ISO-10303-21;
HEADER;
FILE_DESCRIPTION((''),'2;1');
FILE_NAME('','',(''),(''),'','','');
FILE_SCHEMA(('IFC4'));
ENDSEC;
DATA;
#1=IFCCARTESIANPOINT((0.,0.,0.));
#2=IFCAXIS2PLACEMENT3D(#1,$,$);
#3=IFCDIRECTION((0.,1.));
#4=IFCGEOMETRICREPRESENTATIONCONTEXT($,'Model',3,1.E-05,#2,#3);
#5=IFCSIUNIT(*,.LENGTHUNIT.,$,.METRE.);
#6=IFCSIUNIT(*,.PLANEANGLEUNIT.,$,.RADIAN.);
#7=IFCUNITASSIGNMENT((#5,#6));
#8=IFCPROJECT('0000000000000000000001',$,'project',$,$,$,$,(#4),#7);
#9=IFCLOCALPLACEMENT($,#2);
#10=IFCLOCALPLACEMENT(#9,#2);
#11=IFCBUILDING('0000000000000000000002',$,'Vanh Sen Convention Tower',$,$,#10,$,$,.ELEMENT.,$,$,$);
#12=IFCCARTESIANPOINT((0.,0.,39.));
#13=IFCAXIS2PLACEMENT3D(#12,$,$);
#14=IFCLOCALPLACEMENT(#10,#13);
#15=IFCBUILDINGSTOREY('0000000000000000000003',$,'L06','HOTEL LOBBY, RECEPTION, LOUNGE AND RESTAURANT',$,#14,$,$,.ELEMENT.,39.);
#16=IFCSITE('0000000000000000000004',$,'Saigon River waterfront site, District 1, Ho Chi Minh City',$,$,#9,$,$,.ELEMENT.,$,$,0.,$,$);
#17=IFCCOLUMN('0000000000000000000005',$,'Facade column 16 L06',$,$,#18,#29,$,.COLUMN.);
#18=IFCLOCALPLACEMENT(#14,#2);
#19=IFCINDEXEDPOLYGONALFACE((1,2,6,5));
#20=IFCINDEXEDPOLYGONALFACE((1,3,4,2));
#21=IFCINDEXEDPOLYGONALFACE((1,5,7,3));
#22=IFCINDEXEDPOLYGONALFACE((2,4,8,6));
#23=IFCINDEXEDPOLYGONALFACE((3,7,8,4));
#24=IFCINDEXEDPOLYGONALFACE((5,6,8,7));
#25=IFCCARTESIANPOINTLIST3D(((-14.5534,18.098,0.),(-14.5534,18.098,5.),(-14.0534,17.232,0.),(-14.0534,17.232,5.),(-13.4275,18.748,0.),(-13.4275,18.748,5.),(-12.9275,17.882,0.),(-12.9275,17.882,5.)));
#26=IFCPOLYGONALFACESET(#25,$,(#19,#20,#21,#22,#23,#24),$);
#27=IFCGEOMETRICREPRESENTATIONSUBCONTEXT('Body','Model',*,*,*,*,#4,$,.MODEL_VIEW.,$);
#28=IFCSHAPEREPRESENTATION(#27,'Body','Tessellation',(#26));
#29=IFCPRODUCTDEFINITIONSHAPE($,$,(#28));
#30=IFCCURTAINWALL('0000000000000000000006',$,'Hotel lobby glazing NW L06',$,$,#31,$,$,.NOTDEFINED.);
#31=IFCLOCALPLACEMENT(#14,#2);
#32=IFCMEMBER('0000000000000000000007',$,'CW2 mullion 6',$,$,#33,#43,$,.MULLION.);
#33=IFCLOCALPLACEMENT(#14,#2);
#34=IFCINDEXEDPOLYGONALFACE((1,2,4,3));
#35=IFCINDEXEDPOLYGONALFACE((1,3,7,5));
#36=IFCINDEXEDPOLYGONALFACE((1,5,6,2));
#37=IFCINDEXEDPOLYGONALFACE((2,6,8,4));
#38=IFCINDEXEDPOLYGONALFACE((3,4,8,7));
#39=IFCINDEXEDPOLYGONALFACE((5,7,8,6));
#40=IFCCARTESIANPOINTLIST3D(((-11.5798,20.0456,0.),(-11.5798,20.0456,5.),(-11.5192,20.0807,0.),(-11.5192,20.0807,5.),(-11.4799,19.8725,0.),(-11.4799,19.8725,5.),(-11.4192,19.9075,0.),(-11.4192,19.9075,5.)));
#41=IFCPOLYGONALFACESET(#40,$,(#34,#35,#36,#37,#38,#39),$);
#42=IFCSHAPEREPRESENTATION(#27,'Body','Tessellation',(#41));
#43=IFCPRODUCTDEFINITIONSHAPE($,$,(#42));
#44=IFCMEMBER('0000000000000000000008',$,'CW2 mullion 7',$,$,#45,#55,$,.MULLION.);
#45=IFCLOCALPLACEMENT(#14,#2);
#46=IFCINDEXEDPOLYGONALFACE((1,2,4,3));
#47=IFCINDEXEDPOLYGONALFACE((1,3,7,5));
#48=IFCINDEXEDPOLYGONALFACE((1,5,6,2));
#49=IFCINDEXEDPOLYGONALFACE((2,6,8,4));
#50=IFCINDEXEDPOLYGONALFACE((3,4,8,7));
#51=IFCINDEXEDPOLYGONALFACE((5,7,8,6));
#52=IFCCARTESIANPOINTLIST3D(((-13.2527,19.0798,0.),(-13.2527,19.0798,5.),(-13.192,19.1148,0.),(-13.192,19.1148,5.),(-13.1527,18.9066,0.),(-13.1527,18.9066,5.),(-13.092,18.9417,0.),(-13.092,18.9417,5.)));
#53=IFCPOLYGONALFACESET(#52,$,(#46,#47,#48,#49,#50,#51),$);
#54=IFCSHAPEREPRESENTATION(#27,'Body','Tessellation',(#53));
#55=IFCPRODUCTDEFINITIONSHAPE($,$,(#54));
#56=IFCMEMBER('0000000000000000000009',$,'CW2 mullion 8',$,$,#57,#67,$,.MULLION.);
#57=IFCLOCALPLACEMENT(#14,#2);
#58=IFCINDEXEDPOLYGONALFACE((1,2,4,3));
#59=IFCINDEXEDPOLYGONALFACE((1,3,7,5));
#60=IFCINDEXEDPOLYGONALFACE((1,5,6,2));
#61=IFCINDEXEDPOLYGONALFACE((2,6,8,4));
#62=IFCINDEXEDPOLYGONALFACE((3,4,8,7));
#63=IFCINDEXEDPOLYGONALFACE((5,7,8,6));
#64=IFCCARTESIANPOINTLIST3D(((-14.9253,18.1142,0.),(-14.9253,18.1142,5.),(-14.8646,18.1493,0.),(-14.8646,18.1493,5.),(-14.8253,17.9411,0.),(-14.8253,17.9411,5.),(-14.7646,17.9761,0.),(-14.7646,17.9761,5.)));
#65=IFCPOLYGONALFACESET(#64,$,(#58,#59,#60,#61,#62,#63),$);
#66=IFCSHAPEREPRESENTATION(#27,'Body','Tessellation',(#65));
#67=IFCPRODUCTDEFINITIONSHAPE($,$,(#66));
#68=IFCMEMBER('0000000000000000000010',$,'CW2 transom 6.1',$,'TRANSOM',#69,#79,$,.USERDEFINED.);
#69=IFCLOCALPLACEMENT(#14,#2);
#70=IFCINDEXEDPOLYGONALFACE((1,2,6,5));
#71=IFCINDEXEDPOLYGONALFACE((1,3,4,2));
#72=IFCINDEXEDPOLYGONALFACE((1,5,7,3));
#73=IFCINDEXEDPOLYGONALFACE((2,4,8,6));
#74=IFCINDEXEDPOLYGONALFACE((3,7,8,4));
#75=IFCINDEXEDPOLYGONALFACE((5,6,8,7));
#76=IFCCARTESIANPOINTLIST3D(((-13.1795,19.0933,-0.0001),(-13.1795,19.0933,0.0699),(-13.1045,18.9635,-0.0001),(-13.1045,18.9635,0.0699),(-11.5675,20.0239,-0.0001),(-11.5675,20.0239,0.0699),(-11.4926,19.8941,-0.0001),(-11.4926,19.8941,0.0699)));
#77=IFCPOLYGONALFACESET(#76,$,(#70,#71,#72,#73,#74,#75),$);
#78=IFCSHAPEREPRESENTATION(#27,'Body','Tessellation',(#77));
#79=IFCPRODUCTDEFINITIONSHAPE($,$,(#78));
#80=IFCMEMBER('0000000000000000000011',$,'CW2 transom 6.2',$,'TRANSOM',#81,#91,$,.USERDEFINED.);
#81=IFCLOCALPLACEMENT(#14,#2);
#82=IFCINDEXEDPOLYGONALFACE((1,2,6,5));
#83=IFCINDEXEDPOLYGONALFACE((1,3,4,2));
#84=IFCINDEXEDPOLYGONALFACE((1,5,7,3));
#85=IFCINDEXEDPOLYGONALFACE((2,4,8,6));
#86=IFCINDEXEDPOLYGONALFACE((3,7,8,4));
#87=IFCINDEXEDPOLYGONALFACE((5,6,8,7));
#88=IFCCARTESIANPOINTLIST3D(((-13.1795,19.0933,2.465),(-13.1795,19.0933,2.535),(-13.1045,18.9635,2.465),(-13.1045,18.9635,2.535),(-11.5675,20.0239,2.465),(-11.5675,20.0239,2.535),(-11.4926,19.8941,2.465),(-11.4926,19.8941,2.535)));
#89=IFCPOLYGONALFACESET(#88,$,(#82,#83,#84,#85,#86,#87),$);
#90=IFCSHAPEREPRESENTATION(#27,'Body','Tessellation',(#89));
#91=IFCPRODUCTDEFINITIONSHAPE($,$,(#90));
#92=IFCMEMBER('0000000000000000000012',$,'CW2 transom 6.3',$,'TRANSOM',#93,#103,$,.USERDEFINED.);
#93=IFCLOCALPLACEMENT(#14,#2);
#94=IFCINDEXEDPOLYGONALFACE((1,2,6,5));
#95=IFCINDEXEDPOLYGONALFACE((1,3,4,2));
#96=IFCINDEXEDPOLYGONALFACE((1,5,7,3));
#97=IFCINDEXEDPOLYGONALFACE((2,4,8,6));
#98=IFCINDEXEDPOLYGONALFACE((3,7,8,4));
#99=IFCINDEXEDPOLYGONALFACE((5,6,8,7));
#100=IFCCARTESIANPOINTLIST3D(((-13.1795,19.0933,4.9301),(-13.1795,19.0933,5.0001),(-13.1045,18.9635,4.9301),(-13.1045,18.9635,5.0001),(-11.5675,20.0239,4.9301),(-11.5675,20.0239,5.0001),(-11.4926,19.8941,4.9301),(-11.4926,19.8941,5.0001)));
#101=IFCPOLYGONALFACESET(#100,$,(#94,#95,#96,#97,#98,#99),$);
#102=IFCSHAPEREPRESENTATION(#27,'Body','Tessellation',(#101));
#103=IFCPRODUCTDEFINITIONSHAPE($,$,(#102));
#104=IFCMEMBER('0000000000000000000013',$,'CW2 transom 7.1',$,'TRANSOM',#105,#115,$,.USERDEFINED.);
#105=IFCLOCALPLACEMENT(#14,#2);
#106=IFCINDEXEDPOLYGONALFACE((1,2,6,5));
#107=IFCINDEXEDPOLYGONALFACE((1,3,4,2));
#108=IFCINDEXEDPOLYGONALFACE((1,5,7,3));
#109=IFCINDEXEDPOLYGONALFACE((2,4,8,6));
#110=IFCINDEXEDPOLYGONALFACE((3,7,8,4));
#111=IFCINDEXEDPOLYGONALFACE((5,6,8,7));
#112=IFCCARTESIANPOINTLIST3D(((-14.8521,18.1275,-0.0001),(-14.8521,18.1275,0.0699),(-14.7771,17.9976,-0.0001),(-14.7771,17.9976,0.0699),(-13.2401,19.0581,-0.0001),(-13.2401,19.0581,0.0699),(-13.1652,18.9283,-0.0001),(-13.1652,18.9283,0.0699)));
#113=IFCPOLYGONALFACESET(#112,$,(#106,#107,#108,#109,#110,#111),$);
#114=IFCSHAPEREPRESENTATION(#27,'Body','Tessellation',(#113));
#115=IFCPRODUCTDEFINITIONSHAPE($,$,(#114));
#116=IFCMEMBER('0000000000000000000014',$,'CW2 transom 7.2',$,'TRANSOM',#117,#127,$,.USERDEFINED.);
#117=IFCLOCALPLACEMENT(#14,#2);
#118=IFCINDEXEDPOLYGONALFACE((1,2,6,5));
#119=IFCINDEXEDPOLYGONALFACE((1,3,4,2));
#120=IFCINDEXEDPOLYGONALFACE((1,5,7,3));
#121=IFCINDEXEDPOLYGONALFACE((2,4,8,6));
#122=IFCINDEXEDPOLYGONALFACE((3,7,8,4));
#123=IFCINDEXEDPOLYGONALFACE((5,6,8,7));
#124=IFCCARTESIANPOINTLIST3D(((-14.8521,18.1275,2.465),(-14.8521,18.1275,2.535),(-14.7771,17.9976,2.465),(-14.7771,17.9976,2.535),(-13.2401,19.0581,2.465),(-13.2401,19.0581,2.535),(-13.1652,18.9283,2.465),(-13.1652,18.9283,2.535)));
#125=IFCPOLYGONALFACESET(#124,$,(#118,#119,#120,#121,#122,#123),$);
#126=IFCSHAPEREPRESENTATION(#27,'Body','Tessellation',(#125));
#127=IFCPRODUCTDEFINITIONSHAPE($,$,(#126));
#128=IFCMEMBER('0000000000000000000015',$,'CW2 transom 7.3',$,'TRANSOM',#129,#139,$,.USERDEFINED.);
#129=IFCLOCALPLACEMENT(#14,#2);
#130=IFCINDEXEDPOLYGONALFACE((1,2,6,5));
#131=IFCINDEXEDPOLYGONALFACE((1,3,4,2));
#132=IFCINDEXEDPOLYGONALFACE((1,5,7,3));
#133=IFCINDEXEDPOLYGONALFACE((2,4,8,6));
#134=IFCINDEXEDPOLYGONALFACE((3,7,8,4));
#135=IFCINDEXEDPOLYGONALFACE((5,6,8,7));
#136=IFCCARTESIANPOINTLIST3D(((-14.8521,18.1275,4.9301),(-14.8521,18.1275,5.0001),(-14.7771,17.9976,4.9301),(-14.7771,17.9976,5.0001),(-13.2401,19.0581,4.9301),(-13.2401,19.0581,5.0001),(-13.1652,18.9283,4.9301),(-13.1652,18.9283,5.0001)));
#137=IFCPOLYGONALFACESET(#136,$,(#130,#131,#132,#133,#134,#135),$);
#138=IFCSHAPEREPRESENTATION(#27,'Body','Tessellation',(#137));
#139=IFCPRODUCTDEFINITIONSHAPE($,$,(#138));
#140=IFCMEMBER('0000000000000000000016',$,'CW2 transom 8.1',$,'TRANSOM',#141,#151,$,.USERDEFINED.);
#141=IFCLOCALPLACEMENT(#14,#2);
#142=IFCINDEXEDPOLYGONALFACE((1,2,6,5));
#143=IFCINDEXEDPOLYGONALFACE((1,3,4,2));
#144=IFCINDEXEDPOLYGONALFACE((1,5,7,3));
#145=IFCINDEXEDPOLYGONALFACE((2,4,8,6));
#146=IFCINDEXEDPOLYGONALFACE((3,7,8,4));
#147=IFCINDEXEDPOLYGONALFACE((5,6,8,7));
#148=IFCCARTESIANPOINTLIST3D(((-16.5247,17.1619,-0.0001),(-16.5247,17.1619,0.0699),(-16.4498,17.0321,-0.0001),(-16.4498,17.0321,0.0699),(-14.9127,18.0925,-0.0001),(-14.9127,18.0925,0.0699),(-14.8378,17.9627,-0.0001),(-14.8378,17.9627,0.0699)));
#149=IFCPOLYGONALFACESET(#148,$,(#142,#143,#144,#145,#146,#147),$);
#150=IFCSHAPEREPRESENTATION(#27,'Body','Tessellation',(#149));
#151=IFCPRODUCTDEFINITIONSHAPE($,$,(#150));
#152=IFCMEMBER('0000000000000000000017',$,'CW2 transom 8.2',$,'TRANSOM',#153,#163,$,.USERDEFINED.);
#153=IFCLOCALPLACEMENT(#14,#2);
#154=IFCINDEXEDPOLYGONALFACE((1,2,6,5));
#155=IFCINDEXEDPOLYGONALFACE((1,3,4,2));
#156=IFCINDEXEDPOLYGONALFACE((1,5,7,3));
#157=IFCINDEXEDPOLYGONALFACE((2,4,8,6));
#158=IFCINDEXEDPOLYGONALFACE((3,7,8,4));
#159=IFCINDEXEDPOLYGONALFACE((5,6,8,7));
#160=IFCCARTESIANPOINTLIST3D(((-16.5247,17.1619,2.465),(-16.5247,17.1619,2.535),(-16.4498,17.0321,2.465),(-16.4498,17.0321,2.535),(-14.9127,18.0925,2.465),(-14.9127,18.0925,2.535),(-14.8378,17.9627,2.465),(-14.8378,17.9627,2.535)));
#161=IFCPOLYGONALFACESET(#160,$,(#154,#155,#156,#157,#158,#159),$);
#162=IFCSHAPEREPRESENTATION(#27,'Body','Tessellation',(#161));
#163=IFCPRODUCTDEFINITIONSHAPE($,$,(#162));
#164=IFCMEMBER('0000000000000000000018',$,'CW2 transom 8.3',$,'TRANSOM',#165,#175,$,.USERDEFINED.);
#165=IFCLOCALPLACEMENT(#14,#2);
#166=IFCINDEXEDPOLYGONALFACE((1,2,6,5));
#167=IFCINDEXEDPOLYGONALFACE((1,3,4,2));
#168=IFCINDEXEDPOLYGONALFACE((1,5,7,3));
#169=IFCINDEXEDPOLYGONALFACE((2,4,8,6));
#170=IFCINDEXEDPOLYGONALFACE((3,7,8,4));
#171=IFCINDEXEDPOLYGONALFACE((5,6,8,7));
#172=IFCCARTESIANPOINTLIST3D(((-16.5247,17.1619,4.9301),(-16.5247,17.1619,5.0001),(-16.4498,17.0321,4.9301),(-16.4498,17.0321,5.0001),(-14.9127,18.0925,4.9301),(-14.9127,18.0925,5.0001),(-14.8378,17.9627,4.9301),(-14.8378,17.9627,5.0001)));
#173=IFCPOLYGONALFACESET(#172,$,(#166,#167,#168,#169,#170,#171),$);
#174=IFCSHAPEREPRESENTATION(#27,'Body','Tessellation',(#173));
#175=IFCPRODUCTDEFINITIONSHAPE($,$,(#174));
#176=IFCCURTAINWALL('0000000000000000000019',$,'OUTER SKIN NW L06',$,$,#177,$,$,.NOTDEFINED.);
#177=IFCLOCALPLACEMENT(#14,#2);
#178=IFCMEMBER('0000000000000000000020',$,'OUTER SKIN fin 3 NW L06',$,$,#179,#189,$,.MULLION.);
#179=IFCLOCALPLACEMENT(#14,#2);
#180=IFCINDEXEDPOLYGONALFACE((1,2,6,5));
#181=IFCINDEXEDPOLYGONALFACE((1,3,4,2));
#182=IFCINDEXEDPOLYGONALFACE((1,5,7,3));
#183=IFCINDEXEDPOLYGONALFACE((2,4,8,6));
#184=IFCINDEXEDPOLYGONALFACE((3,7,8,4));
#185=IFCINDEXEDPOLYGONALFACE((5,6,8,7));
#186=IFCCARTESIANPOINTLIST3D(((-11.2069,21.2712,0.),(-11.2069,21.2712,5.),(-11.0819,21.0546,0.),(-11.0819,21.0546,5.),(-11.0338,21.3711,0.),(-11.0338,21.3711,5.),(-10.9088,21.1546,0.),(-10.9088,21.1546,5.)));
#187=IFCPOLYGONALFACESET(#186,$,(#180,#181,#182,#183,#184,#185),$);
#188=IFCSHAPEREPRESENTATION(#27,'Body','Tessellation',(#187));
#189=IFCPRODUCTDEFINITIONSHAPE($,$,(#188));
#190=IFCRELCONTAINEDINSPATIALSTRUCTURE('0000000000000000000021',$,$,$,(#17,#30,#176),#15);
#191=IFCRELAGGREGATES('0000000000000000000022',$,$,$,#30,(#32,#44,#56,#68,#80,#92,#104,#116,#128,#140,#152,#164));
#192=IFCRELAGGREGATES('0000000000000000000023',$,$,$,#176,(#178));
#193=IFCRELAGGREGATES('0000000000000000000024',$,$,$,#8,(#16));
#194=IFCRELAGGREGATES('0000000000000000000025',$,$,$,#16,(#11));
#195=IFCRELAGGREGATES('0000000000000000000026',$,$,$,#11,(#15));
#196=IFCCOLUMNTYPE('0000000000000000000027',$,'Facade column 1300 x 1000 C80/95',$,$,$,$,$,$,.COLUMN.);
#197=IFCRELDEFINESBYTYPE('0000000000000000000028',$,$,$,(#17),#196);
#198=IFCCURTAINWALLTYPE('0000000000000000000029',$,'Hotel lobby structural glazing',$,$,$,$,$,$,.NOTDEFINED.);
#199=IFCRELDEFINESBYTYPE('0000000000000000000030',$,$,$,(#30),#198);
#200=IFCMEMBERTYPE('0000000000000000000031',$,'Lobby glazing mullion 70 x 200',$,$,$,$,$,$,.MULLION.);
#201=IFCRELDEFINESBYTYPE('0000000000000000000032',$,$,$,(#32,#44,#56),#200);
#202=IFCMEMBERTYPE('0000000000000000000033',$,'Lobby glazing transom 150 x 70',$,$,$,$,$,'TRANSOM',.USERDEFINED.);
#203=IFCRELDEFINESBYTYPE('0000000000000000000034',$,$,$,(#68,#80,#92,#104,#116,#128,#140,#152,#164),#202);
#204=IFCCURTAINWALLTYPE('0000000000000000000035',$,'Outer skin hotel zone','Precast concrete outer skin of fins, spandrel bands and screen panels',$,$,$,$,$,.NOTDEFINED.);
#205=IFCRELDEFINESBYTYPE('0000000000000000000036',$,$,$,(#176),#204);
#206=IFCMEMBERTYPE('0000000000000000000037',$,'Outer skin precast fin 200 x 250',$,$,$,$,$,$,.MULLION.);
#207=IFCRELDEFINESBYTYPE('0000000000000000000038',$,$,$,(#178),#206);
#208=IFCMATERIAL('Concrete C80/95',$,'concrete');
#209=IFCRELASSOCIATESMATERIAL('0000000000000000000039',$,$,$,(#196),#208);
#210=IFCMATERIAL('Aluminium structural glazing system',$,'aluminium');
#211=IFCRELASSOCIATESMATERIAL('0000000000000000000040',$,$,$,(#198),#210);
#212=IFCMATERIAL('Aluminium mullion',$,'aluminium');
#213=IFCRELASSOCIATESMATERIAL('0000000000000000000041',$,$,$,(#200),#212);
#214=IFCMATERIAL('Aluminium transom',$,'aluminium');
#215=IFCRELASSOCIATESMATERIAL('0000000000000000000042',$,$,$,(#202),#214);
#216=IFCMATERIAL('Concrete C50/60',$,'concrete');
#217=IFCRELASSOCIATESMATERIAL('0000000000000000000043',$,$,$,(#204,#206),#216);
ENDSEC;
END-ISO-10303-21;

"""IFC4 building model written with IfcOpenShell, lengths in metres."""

from ifc_helpers import new_model, si_unit, direction, frame, origin, origin_2d, place, context, subcontext, project, spatial, rectangle, extrude, material, material_profile, profile_set, type_object, element, aggregate, save


model = new_model("IFC4")

# Units and contexts
model_context = context("Model", 3, precision=1e-05, world=origin(), true_north=direction((0.0, 1.0)))
body_context = subcontext(model_context, "Body", "Model", "MODEL_VIEW")
ifc_project = project(units=[si_unit("LENGTHUNIT", "METRE"), si_unit("PLANEANGLEUNIT", "RADIAN")], contexts=[model_context])

# Site, building, storey
site_placement = place(None, origin())
site = spatial("IfcSite", under=ifc_project, at=site_placement, Name="Saigon River waterfront site, District 1, Ho Chi Minh City", CompositionType="ELEMENT", RefElevation=0.0)
building_placement = place(site_placement, origin())
building = spatial("IfcBuilding", under=site, at=building_placement, Name="Vanh Sen Convention Tower", CompositionType="ELEMENT")
storey_placement = place(building_placement, frame((0.0, 0.0, 39.0)))
storey = spatial("IfcBuildingStorey", under=building, at=storey_placement, Name="L06", Description="HOTEL LOBBY, RECEPTION, LOUNGE AND RESTAURANT", CompositionType="ELEMENT", Elevation=39.0)

# Column
ifc_material_1 = material(Name="Concrete C80/95", Category="concrete")
ifc_material_profile_1 = material_profile(ifc_material_1, rectangle(XDim=1.3, YDim=1.0, at=origin_2d()), Name="RC 1300X1000")
ifc_profile_set_1 = profile_set([ifc_material_profile_1], Name="Concrete C80/95")
column_type = type_object("IfcColumnType", Name="Facade column 1300 x 1000 C80/95", PredefinedType="COLUMN", material=ifc_profile_set_1)
column_placement = place(storey_placement, frame((-13.7405, 17.99, 0.0), z_axis=(0.0, 0.0, 1.0), x_axis=(-0.866025, -0.5, 0.0)))
element("IfcColumn", 1, at=column_placement, inside=storey, type_object=column_type, Name="Facade column 16 L06", PredefinedType="COLUMN", context=body_context, shape_type="SweptSolid", body=[
    extrude(rectangle(XDim=1.3, YDim=1.0, at=origin_2d()), origin(), (0.0, 0.0, 1.0), 5.0),
])

# Curtain walls, members
ifc_material_2 = material(Name="Aluminium structural glazing system", Category="aluminium")
curtain_wall_type_1 = type_object("IfcCurtainWallType", Name="Hotel lobby structural glazing", PredefinedType="NOTDEFINED", material=ifc_material_2)
curtain_wall_1_placement = place(storey_placement, origin())
curtain_wall_1 = element("IfcCurtainWall", 2, at=curtain_wall_1_placement, inside=storey, type_object=curtain_wall_type_1, Name="Hotel lobby glazing NW L06", PredefinedType="NOTDEFINED")
ifc_material_3 = material(Name="Aluminium mullion", Category="aluminium")
ifc_material_profile_2 = material_profile(ifc_material_3, rectangle(XDim=0.2, YDim=0.0701, at=origin_2d()), Name="Lobby glazing mullion 70 x 200")
ifc_profile_set_2 = profile_set([ifc_material_profile_2], Name="Aluminium mullion")
member_type_1 = type_object("IfcMemberType", Name="Lobby glazing mullion 70 x 200", PredefinedType="MULLION", material=ifc_profile_set_2)
member_1_placement = place(storey_placement, frame((-11.4995, 19.9766, 0.0), z_axis=(0.0, 0.0, 1.0), x_axis=(0.500001, -0.866025, 0.0)))
member_1 = element("IfcMember", 3, at=member_1_placement, type_object=member_type_1, Name="CW2 mullion 6", PredefinedType="MULLION", context=body_context, shape_type="SweptSolid", body=[
    extrude(rectangle(XDim=0.2, YDim=0.0701, at=origin_2d()), origin(), (0.0, 0.0, 1.0), 5.0),
])
member_2_placement = place(storey_placement, frame((-13.1724, 19.0107, 0.0), z_axis=(0.0, 0.0, 1.0), x_axis=(0.500001, -0.866025, 0.0)))
member_2 = element("IfcMember", 4, at=member_2_placement, type_object=member_type_1, Name="CW2 mullion 7", PredefinedType="MULLION", context=body_context, shape_type="SweptSolid", body=[
    extrude(rectangle(XDim=0.2, YDim=0.0701, at=origin_2d()), origin(), (0.0, 0.0, 1.0), 5.0),
])
member_3_placement = place(storey_placement, frame((-14.845, 18.0452, 0.0), z_axis=(0.0, 0.0, 1.0), x_axis=(0.500001, -0.866025, 0.0)))
member_3 = element("IfcMember", 5, at=member_3_placement, type_object=member_type_1, Name="CW2 mullion 8", PredefinedType="MULLION", context=body_context, shape_type="SweptSolid", body=[
    extrude(rectangle(XDim=0.2, YDim=0.0701, at=origin_2d()), origin(), (0.0, 0.0, 1.0), 5.0),
])
ifc_material_4 = material(Name="Aluminium transom", Category="aluminium")
ifc_material_profile_3 = material_profile(ifc_material_4, rectangle(XDim=0.1499, YDim=0.0701, at=origin_2d()), Name="Lobby glazing transom 150 x 70")
ifc_profile_set_3 = profile_set([ifc_material_profile_3], Name="Aluminium transom")
member_type_2 = type_object("IfcMemberType", Name="Lobby glazing transom 150 x 70", ElementType="TRANSOM", PredefinedType="USERDEFINED", material=ifc_profile_set_3)
member_4_placement = place(storey_placement, frame((-11.53, 19.959, 0.0349), z_axis=(-0.866039, -0.499976, 0.0), x_axis=(0.499976, -0.866039, 0.0)))
member_4 = element("IfcMember", 6, at=member_4_placement, type_object=member_type_2, Name="CW2 transom 6.1", ObjectType="TRANSOM", PredefinedType="USERDEFINED", context=body_context, shape_type="SweptSolid", body=[
    extrude(rectangle(XDim=0.1499, YDim=0.0701, at=origin_2d()), origin(), (0.0, 0.0, 1.0), 1.8613),
])
member_5_placement = place(storey_placement, frame((-11.53, 19.959, 2.5), z_axis=(-0.866039, -0.499976, 0.0), x_axis=(0.499976, -0.866039, 0.0)))
member_5 = element("IfcMember", 7, at=member_5_placement, type_object=member_type_2, Name="CW2 transom 6.2", ObjectType="TRANSOM", PredefinedType="USERDEFINED", context=body_context, shape_type="SweptSolid", body=[
    extrude(rectangle(XDim=0.1499, YDim=0.0701, at=origin_2d()), origin(), (0.0, 0.0, 1.0), 1.8613),
])
member_6_placement = place(storey_placement, frame((-11.53, 19.959, 4.9651), z_axis=(-0.866039, -0.499976, 0.0), x_axis=(0.499976, -0.866039, 0.0)))
member_6 = element("IfcMember", 8, at=member_6_placement, type_object=member_type_2, Name="CW2 transom 6.3", ObjectType="TRANSOM", PredefinedType="USERDEFINED", context=body_context, shape_type="SweptSolid", body=[
    extrude(rectangle(XDim=0.1499, YDim=0.0701, at=origin_2d()), origin(), (0.0, 0.0, 1.0), 1.8613),
])
member_7_placement = place(storey_placement, frame((-13.2026, 18.9932, 0.0349), z_axis=(-0.866039, -0.499976, 0.0), x_axis=(0.499976, -0.866039, 0.0)))
member_7 = element("IfcMember", 9, at=member_7_placement, type_object=member_type_2, Name="CW2 transom 7.1", ObjectType="TRANSOM", PredefinedType="USERDEFINED", context=body_context, shape_type="SweptSolid", body=[
    extrude(rectangle(XDim=0.1499, YDim=0.0701, at=origin_2d()), origin(), (0.0, 0.0, 1.0), 1.8613),
])
member_8_placement = place(storey_placement, frame((-13.2026, 18.9932, 2.5), z_axis=(-0.866039, -0.499976, 0.0), x_axis=(0.499976, -0.866039, 0.0)))
member_8 = element("IfcMember", 10, at=member_8_placement, type_object=member_type_2, Name="CW2 transom 7.2", ObjectType="TRANSOM", PredefinedType="USERDEFINED", context=body_context, shape_type="SweptSolid", body=[
    extrude(rectangle(XDim=0.1499, YDim=0.0701, at=origin_2d()), origin(), (0.0, 0.0, 1.0), 1.8613),
])
member_9_placement = place(storey_placement, frame((-13.2026, 18.9932, 4.9651), z_axis=(-0.866039, -0.499976, 0.0), x_axis=(0.499976, -0.866039, 0.0)))
member_9 = element("IfcMember", 11, at=member_9_placement, type_object=member_type_2, Name="CW2 transom 7.3", ObjectType="TRANSOM", PredefinedType="USERDEFINED", context=body_context, shape_type="SweptSolid", body=[
    extrude(rectangle(XDim=0.1499, YDim=0.0701, at=origin_2d()), origin(), (0.0, 0.0, 1.0), 1.8613),
])
member_10_placement = place(storey_placement, frame((-14.8752, 18.0276, 0.0349), z_axis=(-0.866039, -0.499976, 0.0), x_axis=(0.499976, -0.866039, 0.0)))
member_10 = element("IfcMember", 12, at=member_10_placement, type_object=member_type_2, Name="CW2 transom 8.1", ObjectType="TRANSOM", PredefinedType="USERDEFINED", context=body_context, shape_type="SweptSolid", body=[
    extrude(rectangle(XDim=0.1499, YDim=0.0701, at=origin_2d()), origin(), (0.0, 0.0, 1.0), 1.8613),
])
member_11_placement = place(storey_placement, frame((-14.8752, 18.0276, 2.5), z_axis=(-0.866039, -0.499976, 0.0), x_axis=(0.499976, -0.866039, 0.0)))
member_11 = element("IfcMember", 13, at=member_11_placement, type_object=member_type_2, Name="CW2 transom 8.2", ObjectType="TRANSOM", PredefinedType="USERDEFINED", context=body_context, shape_type="SweptSolid", body=[
    extrude(rectangle(XDim=0.1499, YDim=0.0701, at=origin_2d()), origin(), (0.0, 0.0, 1.0), 1.8613),
])
member_12_placement = place(storey_placement, frame((-14.8752, 18.0276, 4.9651), z_axis=(-0.866039, -0.499976, 0.0), x_axis=(0.499976, -0.866039, 0.0)))
member_12 = element("IfcMember", 14, at=member_12_placement, type_object=member_type_2, Name="CW2 transom 8.3", ObjectType="TRANSOM", PredefinedType="USERDEFINED", context=body_context, shape_type="SweptSolid", body=[
    extrude(rectangle(XDim=0.1499, YDim=0.0701, at=origin_2d()), origin(), (0.0, 0.0, 1.0), 1.8613),
])
ifc_material_5 = material(Name="Concrete C50/60", Category="concrete")
curtain_wall_type_2 = type_object("IfcCurtainWallType", Name="Outer skin hotel zone", Description="Precast concrete outer skin of fins, spandrel bands and screen panels", PredefinedType="NOTDEFINED", material=ifc_material_5)
curtain_wall_2_placement = place(storey_placement, origin())
curtain_wall_2 = element("IfcCurtainWall", 15, at=curtain_wall_2_placement, inside=storey, type_object=curtain_wall_type_2, Name="OUTER SKIN NW L06", PredefinedType="NOTDEFINED")
ifc_material_profile_4 = material_profile(ifc_material_5, rectangle(XDim=0.2, YDim=0.25, at=origin_2d()), Name="Outer skin precast fin 200 x 250")
ifc_profile_set_4 = profile_set([ifc_material_profile_4], Name="Concrete C50/60")
member_type_3 = type_object("IfcMemberType", Name="Outer skin precast fin 200 x 250", PredefinedType="MULLION", material=ifc_profile_set_4)
member_13_placement = place(storey_placement, frame((-11.0579, 21.2129, 0.0), z_axis=(0.0, 0.0, 1.0), x_axis=(-0.866025, -0.5, 0.0)))
member_13 = element("IfcMember", 16, at=member_13_placement, type_object=member_type_3, Name="OUTER SKIN fin 3 NW L06", PredefinedType="MULLION", context=body_context, shape_type="SweptSolid", body=[
    extrude(rectangle(XDim=0.2, YDim=0.25, at=origin_2d()), origin(), (0.0, 0.0, 1.0), 5.0),
])

aggregate(curtain_wall_1, [member_1, member_2, member_3, member_4, member_5, member_6, member_7, member_8, member_9, member_10, member_11, member_12])
aggregate(curtain_wall_2, [member_13])

save(model, "model.ifc")
